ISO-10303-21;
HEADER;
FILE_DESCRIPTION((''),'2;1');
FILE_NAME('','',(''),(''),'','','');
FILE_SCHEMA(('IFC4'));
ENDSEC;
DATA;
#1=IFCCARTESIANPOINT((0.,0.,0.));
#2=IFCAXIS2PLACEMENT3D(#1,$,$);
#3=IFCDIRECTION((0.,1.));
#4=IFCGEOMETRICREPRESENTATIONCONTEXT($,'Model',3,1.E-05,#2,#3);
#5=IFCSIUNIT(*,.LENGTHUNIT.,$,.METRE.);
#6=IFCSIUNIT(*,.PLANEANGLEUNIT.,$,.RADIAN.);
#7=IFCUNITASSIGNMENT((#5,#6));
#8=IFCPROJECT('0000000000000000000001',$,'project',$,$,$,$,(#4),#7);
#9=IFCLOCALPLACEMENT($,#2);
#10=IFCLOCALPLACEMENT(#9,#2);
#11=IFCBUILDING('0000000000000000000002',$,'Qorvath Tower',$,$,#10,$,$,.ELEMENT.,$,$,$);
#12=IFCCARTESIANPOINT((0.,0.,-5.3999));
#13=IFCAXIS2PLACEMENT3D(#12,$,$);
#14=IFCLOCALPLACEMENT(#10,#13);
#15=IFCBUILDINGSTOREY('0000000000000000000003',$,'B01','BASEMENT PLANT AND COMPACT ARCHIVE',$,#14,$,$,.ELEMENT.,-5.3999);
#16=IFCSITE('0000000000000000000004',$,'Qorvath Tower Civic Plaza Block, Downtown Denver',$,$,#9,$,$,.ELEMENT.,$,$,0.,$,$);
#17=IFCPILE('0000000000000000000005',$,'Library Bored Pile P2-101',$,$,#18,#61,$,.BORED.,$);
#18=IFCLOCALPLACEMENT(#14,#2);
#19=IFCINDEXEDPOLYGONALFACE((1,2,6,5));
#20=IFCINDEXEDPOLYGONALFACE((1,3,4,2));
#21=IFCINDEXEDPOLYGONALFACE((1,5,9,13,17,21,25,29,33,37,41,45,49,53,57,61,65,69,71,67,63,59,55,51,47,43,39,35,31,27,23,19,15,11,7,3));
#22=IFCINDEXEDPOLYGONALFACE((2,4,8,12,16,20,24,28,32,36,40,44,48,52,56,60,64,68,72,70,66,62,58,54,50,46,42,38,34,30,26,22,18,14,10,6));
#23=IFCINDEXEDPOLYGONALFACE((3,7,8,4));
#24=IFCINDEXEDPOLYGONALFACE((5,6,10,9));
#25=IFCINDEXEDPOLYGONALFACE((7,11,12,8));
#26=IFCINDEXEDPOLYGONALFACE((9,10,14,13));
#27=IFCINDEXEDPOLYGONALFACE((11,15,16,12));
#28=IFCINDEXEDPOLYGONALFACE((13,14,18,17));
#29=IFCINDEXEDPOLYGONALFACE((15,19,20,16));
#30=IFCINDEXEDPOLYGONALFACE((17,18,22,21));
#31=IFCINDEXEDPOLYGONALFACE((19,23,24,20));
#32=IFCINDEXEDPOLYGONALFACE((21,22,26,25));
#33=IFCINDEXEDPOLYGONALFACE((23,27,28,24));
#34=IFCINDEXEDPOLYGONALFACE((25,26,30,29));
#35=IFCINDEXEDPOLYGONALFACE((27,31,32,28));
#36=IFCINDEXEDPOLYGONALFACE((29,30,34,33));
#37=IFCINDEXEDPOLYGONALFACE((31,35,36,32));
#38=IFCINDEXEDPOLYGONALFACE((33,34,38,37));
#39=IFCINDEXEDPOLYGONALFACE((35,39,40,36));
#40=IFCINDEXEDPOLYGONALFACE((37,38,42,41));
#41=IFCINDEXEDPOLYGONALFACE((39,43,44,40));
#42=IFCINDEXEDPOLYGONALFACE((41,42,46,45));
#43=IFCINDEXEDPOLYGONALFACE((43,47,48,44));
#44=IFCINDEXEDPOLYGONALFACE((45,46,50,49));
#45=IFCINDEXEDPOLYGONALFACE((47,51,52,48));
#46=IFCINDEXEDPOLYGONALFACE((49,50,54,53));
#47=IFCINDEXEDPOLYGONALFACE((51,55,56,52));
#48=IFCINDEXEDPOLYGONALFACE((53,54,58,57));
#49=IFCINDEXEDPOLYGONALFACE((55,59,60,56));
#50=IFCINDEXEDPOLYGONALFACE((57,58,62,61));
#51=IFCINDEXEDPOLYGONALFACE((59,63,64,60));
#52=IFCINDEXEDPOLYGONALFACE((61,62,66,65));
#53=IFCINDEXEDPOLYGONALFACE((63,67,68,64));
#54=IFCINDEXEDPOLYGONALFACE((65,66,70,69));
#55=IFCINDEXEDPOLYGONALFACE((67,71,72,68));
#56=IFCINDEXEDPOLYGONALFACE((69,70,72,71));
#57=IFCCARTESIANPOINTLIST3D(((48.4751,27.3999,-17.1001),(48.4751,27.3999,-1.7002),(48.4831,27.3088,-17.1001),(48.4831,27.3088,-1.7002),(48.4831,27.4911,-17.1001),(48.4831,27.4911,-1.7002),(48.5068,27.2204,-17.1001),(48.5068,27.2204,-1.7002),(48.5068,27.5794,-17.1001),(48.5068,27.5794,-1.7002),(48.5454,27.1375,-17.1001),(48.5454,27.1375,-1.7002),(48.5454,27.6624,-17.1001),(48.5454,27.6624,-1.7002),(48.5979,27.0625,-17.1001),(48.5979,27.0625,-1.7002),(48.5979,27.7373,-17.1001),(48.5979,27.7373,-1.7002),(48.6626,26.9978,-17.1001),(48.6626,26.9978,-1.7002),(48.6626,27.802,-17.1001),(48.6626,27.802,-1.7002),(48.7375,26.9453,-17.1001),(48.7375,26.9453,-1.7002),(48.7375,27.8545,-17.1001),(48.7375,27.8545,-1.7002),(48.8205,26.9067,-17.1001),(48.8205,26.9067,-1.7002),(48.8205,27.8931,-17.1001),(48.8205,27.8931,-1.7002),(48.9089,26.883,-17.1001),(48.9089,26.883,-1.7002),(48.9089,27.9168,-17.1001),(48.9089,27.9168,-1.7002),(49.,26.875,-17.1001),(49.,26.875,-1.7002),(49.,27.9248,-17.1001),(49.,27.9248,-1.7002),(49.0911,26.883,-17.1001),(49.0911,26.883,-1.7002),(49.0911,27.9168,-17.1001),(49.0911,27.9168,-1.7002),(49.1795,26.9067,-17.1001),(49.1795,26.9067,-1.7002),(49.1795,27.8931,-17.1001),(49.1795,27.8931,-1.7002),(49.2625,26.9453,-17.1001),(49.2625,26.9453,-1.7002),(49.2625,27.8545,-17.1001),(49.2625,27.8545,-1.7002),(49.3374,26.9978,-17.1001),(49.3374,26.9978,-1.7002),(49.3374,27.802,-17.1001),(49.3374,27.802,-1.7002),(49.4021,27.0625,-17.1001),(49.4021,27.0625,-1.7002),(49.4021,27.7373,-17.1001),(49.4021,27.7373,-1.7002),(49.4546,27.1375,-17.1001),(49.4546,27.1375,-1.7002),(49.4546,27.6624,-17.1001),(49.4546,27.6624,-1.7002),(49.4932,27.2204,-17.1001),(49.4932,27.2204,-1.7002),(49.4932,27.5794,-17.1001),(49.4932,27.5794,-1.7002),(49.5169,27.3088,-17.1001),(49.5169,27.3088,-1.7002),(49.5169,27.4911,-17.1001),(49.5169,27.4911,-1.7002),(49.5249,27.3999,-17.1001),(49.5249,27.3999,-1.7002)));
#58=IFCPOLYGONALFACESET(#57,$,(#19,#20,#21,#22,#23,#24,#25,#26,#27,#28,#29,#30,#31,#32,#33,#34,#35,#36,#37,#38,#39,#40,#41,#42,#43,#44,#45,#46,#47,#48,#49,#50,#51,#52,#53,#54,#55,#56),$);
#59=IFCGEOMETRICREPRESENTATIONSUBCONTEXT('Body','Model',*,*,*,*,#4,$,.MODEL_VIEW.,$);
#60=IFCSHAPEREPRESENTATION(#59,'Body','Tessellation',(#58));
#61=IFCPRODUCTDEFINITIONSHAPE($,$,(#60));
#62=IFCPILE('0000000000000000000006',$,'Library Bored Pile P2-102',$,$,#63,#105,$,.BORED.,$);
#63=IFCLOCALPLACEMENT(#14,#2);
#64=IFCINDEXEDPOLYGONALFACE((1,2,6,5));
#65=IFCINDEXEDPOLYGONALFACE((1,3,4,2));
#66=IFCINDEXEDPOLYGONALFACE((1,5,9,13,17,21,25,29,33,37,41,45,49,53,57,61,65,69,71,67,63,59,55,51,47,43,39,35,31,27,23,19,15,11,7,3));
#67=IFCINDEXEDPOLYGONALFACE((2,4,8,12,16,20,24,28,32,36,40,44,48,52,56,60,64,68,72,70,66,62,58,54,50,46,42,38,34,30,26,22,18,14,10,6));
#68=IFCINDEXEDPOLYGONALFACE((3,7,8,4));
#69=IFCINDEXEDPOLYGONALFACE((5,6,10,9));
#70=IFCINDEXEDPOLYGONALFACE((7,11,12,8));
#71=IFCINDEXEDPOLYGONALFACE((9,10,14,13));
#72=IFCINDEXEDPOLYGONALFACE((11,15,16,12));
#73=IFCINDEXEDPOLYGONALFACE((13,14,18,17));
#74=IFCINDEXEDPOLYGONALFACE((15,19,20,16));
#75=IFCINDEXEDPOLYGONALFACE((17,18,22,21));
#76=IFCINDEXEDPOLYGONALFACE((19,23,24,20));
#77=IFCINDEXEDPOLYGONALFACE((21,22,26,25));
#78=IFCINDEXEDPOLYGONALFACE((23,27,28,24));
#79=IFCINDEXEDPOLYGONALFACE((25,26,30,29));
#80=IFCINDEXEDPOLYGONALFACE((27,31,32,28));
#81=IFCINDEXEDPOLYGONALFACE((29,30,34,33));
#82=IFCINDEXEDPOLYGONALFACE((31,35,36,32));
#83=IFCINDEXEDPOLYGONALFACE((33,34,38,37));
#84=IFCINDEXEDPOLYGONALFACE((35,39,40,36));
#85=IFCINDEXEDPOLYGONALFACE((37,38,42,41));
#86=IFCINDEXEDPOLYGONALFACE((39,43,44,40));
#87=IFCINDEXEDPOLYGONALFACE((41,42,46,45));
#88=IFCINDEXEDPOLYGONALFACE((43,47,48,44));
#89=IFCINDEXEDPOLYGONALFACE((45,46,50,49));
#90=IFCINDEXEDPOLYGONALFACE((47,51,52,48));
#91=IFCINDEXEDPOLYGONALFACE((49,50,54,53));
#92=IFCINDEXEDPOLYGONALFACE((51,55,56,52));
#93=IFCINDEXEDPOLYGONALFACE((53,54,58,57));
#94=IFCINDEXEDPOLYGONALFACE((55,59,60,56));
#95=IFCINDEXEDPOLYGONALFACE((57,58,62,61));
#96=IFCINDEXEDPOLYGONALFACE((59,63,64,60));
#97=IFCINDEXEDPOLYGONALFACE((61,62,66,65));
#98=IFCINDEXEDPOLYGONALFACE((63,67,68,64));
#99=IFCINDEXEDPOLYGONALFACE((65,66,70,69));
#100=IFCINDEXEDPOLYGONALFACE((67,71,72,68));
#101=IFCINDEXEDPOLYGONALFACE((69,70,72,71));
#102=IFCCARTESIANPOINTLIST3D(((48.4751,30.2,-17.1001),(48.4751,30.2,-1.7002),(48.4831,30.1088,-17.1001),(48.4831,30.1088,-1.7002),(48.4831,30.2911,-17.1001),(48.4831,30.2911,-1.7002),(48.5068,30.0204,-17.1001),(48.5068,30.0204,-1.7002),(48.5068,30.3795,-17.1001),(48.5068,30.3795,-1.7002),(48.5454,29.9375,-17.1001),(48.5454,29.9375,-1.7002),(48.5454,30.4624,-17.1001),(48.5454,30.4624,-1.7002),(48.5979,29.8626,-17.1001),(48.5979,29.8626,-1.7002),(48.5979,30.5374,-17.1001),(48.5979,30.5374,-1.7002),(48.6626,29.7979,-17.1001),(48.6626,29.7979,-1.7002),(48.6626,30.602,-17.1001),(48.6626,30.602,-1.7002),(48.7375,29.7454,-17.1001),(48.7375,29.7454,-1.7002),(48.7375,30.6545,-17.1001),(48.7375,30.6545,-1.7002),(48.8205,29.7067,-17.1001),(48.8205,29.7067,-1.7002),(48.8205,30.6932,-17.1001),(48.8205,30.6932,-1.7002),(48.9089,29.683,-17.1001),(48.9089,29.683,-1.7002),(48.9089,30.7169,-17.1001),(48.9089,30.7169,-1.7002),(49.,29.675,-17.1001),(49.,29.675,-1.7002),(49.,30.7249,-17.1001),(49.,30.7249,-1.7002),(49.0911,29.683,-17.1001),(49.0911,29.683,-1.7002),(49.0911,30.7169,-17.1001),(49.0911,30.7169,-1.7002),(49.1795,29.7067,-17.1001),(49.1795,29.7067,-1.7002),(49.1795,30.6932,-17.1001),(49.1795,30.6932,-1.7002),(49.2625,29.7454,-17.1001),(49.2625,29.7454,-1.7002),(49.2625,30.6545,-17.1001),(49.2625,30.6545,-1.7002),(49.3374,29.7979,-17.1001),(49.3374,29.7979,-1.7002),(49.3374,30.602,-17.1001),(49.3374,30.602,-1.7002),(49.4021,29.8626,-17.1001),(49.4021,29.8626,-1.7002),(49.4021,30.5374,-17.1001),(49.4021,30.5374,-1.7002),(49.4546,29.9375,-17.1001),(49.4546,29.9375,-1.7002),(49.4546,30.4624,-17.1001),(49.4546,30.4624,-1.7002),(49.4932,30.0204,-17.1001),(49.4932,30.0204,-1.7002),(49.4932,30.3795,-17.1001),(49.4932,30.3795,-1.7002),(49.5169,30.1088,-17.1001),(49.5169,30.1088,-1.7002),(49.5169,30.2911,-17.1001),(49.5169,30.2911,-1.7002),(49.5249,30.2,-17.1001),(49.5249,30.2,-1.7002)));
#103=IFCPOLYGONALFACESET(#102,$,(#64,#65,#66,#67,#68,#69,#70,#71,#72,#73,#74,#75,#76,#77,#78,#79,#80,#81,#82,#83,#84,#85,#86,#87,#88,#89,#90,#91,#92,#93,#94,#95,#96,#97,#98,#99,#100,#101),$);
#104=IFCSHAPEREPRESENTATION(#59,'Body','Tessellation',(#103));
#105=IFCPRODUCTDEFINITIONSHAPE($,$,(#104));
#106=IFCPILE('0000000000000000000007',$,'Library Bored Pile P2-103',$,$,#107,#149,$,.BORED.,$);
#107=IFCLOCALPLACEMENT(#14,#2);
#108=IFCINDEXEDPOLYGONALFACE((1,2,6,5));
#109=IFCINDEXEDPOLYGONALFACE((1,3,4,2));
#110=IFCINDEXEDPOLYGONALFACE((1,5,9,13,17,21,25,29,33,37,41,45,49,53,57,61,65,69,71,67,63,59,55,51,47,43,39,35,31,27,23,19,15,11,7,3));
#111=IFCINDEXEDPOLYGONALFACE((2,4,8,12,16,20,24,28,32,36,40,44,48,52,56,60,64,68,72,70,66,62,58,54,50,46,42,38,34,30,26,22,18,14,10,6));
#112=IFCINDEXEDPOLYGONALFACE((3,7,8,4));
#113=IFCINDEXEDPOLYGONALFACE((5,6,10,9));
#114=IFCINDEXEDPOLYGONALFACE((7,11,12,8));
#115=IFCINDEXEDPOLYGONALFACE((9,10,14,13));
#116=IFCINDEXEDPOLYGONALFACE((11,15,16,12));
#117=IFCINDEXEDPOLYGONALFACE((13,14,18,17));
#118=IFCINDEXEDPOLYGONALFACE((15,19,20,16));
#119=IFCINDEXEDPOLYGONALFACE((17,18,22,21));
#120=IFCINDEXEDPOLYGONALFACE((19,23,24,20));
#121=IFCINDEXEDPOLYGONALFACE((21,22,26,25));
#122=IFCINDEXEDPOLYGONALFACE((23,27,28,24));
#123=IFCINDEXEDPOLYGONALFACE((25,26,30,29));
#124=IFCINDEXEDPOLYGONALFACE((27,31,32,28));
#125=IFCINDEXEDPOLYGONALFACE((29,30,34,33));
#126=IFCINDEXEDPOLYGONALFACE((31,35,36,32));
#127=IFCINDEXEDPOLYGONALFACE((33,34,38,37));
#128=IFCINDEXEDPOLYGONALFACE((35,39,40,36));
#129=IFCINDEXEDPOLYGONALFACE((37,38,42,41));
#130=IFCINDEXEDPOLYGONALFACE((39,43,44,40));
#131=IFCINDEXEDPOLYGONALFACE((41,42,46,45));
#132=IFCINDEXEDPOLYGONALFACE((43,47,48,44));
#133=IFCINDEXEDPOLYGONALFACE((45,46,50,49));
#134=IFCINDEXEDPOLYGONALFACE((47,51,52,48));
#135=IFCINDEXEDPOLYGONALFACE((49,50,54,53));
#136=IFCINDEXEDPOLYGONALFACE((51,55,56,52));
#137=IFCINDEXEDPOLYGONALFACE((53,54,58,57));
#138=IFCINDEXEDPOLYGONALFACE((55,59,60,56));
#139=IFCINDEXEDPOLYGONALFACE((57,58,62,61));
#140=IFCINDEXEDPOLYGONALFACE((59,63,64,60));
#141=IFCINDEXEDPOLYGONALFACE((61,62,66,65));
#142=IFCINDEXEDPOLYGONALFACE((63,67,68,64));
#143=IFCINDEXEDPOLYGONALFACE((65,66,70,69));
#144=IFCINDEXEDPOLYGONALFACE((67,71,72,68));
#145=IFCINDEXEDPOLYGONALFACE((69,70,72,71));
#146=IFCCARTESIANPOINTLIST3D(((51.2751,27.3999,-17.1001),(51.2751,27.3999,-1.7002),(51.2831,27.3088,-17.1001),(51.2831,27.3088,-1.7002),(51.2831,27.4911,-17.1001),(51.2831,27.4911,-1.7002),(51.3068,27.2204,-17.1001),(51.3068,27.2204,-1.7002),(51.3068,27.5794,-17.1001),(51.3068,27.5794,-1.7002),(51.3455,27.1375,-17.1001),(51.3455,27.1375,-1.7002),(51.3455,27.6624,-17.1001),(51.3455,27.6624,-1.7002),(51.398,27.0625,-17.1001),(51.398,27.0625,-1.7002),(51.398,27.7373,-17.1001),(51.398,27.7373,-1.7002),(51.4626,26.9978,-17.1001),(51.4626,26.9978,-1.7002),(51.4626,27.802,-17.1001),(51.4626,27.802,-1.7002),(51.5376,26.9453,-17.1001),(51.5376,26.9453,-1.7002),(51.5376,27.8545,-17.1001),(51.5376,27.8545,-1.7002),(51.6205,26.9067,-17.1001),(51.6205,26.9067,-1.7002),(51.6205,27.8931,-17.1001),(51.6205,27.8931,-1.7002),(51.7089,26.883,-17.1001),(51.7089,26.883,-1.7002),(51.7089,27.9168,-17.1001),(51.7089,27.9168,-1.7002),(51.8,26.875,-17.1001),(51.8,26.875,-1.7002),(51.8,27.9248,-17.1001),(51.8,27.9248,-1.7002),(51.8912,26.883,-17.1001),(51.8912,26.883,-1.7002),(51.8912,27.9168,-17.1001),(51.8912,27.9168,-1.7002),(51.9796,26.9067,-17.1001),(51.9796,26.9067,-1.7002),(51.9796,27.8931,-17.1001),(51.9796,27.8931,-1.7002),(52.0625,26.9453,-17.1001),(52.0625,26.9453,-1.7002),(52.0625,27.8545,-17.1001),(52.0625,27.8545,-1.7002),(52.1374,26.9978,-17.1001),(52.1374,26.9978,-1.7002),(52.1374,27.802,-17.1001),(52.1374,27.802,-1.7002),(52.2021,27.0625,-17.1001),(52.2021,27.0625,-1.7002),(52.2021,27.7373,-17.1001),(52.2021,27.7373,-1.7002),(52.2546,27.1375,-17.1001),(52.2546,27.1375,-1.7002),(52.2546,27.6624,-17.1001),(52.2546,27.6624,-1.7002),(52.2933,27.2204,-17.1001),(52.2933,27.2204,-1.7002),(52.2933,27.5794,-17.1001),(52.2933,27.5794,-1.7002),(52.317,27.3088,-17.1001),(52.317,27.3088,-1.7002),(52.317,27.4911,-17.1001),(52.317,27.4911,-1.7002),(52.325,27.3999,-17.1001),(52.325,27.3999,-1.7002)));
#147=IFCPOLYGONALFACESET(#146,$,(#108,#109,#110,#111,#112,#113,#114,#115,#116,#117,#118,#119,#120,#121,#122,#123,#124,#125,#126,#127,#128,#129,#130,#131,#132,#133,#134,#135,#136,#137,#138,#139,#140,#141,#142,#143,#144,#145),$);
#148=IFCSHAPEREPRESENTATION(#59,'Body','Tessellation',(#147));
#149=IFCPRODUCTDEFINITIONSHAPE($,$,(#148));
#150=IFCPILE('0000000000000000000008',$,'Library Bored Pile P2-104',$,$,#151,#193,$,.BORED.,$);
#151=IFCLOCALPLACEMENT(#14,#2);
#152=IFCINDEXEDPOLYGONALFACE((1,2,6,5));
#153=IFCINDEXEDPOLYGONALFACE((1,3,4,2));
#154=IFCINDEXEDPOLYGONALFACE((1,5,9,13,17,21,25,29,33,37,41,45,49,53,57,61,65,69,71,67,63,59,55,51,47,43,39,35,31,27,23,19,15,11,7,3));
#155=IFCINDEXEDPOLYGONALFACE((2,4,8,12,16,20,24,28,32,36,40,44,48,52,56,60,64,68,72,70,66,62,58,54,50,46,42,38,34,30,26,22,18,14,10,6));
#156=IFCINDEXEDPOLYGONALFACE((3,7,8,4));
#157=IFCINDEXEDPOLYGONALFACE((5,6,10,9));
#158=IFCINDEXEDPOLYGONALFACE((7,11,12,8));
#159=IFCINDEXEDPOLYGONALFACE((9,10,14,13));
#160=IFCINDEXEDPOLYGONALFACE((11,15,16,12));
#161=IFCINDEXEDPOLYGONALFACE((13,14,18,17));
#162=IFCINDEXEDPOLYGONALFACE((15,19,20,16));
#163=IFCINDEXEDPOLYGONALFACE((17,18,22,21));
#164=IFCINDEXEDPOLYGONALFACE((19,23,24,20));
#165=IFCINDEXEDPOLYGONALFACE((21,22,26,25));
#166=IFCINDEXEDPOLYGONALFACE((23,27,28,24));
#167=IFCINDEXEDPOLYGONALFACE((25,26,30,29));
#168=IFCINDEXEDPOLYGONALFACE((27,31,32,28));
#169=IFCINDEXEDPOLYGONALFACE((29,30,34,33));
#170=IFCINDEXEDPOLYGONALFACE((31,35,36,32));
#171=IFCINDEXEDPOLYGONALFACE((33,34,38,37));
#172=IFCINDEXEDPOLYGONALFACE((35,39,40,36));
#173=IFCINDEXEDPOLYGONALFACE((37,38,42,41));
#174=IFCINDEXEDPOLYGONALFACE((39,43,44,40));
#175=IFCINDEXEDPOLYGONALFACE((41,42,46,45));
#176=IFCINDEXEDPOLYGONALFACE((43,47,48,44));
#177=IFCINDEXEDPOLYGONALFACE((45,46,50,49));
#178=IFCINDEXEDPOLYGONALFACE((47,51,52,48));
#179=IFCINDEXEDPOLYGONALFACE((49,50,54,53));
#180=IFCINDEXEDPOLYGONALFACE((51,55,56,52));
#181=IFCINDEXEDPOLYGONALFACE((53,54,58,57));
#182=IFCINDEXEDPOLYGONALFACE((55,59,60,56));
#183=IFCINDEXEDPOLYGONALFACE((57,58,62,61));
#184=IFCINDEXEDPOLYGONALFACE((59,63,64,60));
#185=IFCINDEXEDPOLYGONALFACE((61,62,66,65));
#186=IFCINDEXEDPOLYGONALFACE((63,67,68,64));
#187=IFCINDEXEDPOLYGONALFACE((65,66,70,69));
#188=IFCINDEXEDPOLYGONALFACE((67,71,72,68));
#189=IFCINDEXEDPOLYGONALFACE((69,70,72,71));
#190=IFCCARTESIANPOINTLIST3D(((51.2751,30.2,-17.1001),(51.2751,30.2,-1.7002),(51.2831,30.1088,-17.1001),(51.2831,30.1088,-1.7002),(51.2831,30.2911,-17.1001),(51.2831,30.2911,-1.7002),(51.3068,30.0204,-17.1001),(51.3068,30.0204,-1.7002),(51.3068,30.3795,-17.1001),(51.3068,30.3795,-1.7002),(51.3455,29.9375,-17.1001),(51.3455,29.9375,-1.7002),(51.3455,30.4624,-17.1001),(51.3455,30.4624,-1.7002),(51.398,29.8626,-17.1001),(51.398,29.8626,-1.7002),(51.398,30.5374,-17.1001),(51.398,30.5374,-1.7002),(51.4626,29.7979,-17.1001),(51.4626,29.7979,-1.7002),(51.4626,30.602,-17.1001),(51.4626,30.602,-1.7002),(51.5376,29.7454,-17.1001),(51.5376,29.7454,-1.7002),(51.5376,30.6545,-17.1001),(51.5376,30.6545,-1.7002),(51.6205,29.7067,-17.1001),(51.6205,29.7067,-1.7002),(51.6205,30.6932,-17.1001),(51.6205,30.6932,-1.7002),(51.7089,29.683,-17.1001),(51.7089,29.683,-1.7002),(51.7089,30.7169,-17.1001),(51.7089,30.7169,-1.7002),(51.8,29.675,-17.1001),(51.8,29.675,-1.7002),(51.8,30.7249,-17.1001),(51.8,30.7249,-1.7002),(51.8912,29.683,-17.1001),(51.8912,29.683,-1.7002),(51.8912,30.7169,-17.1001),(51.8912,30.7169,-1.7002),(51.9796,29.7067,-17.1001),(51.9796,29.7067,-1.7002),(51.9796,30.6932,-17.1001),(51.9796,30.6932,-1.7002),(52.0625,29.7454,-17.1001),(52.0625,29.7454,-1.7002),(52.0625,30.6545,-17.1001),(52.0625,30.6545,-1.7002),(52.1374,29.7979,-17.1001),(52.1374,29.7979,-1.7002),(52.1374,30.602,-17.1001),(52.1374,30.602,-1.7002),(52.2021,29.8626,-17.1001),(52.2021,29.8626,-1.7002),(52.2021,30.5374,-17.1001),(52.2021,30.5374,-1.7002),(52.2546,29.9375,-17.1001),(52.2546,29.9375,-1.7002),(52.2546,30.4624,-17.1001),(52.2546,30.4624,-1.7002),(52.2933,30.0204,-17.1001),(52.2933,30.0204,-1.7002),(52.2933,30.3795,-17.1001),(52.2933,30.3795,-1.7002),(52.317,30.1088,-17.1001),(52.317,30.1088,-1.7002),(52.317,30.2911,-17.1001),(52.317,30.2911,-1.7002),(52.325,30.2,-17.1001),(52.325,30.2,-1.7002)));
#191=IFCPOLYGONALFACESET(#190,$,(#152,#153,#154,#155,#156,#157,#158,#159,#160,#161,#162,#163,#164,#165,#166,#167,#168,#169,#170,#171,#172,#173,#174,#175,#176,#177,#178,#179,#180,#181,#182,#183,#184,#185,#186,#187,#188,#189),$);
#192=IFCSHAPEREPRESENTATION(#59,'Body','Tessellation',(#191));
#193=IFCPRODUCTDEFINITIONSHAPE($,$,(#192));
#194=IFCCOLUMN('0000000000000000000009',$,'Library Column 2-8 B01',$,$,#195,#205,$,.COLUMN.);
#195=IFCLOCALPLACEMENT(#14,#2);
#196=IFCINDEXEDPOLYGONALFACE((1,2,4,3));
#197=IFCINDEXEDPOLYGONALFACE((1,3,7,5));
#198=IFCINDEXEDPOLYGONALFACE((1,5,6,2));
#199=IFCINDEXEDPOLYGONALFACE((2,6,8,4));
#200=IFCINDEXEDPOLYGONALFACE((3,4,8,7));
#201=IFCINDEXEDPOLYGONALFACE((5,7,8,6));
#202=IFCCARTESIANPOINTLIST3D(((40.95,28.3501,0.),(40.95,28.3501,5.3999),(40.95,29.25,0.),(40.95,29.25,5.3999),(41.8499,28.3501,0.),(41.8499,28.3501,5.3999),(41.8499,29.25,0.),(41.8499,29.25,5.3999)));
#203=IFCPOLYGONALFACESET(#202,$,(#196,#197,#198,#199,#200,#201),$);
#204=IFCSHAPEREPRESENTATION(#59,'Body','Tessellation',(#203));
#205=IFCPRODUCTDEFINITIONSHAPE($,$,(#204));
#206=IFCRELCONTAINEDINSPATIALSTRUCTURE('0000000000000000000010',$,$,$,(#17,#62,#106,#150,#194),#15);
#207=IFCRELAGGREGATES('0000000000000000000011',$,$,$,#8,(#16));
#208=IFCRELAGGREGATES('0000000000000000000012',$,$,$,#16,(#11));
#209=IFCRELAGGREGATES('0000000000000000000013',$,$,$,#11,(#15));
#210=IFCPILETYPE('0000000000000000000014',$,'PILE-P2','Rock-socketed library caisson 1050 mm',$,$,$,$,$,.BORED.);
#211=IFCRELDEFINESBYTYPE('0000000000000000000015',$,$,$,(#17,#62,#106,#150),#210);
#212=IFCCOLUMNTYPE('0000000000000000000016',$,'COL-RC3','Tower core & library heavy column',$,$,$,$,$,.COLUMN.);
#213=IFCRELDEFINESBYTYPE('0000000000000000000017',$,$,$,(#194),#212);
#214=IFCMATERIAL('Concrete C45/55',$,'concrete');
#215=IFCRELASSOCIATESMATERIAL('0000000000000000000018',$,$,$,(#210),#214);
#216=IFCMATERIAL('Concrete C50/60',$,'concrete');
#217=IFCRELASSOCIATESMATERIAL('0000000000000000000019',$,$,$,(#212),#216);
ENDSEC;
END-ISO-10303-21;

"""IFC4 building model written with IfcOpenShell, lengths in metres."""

from ifc_helpers import new_model, si_unit, direction, frame, origin, origin_2d, place, context, subcontext, project, spatial, rectangle, circle, extrude, material, material_profile, profile_set, type_object, element, save


model = new_model("IFC4")

# Units and contexts
model_context = context("Model", 3, precision=1e-05, world=origin(), true_north=direction((0.0, 1.0)))
body_context = subcontext(model_context, "Body", "Model", "MODEL_VIEW")
ifc_project = project(units=[si_unit("LENGTHUNIT", "METRE"), si_unit("PLANEANGLEUNIT", "RADIAN")], contexts=[model_context])

# Site, building, storey
site_placement = place(None, origin())
site = spatial("IfcSite", under=ifc_project, at=site_placement, Name="Qorvath Tower Civic Plaza Block, Downtown Denver", CompositionType="ELEMENT", RefElevation=0.0)
building_placement = place(site_placement, origin())
building = spatial("IfcBuilding", under=site, at=building_placement, Name="Qorvath Tower", CompositionType="ELEMENT")
storey_placement = place(building_placement, frame((0.0, 0.0, -5.3999)))
storey = spatial("IfcBuildingStorey", under=building, at=storey_placement, Name="B01", Description="BASEMENT PLANT AND COMPACT ARCHIVE", CompositionType="ELEMENT", Elevation=-5.3999)

# Piles
ifc_material_1 = material(Name="Concrete C45/55", Category="concrete")
ifc_material_profile_1 = material_profile(ifc_material_1, circle(Radius=0.5249, at=origin_2d()), Name="BORED PILE 1050")
ifc_profile_set_1 = profile_set([ifc_material_profile_1], Name="Concrete C45/55")
pile_type = type_object("IfcPileType", Name="PILE-P2", Description="Rock-socketed library caisson 1050 mm", PredefinedType="BORED", material=ifc_profile_set_1)
for number, where, z_axis, x_axis, name in (
    (1, (49.0, 27.3999, -1.7002), (0.0, 0.0, -1.0), (1.0, 0.0, 0.0), "Library Bored Pile P2-101"),
    (2, (49.0, 30.2, -1.7002), (0.0, 0.0, -1.0), (1.0, 0.0, 0.0), "Library Bored Pile P2-102"),
    (3, (51.8, 27.3999, -1.7002), (0.0, 0.0, -1.0), (1.0, 0.0, 0.0), "Library Bored Pile P2-103"),
    (4, (51.8, 30.2, -1.7002), (0.0, 0.0, -1.0), (1.0, 0.0, 0.0), "Library Bored Pile P2-104"),
):
    element("IfcPile", number, at=place(storey_placement, frame(where, z_axis=z_axis, x_axis=x_axis)), inside=storey, type_object=pile_type, Name=name, PredefinedType="BORED", context=body_context, shape_type="SweptSolid", body=[
        extrude(circle(Radius=0.5249, at=origin_2d()), origin(), (0.0, 0.0, 1.0), 15.3999),
    ])

# Column
ifc_material_2 = material(Name="Concrete C50/60", Category="concrete")
ifc_material_profile_2 = material_profile(ifc_material_2, rectangle(XDim=0.8999, YDim=0.8999, at=origin_2d()), Name="RC 900x900")
ifc_profile_set_2 = profile_set([ifc_material_profile_2], Name="Concrete C50/60")
column_type = type_object("IfcColumnType", Name="COL-RC3", Description="Tower core & library heavy column", PredefinedType="COLUMN", material=ifc_profile_set_2)
for number, where, z_axis, x_axis, name in (
    (5, (41.3999, 28.8, 0.0), (0.0, 0.0, 1.0), (1.0, 0.0, 0.0), "Library Column 2-8 B01"),
):
    element("IfcColumn", number, at=place(storey_placement, frame(where, z_axis=z_axis, x_axis=x_axis)), inside=storey, type_object=column_type, Name=name, PredefinedType="COLUMN", context=body_context, shape_type="SweptSolid", body=[
        extrude(rectangle(XDim=0.8999, YDim=0.8999, at=origin_2d()), origin(), (0.0, 0.0, 1.0), 5.3999),
    ])

save(model, "model.ifc")
